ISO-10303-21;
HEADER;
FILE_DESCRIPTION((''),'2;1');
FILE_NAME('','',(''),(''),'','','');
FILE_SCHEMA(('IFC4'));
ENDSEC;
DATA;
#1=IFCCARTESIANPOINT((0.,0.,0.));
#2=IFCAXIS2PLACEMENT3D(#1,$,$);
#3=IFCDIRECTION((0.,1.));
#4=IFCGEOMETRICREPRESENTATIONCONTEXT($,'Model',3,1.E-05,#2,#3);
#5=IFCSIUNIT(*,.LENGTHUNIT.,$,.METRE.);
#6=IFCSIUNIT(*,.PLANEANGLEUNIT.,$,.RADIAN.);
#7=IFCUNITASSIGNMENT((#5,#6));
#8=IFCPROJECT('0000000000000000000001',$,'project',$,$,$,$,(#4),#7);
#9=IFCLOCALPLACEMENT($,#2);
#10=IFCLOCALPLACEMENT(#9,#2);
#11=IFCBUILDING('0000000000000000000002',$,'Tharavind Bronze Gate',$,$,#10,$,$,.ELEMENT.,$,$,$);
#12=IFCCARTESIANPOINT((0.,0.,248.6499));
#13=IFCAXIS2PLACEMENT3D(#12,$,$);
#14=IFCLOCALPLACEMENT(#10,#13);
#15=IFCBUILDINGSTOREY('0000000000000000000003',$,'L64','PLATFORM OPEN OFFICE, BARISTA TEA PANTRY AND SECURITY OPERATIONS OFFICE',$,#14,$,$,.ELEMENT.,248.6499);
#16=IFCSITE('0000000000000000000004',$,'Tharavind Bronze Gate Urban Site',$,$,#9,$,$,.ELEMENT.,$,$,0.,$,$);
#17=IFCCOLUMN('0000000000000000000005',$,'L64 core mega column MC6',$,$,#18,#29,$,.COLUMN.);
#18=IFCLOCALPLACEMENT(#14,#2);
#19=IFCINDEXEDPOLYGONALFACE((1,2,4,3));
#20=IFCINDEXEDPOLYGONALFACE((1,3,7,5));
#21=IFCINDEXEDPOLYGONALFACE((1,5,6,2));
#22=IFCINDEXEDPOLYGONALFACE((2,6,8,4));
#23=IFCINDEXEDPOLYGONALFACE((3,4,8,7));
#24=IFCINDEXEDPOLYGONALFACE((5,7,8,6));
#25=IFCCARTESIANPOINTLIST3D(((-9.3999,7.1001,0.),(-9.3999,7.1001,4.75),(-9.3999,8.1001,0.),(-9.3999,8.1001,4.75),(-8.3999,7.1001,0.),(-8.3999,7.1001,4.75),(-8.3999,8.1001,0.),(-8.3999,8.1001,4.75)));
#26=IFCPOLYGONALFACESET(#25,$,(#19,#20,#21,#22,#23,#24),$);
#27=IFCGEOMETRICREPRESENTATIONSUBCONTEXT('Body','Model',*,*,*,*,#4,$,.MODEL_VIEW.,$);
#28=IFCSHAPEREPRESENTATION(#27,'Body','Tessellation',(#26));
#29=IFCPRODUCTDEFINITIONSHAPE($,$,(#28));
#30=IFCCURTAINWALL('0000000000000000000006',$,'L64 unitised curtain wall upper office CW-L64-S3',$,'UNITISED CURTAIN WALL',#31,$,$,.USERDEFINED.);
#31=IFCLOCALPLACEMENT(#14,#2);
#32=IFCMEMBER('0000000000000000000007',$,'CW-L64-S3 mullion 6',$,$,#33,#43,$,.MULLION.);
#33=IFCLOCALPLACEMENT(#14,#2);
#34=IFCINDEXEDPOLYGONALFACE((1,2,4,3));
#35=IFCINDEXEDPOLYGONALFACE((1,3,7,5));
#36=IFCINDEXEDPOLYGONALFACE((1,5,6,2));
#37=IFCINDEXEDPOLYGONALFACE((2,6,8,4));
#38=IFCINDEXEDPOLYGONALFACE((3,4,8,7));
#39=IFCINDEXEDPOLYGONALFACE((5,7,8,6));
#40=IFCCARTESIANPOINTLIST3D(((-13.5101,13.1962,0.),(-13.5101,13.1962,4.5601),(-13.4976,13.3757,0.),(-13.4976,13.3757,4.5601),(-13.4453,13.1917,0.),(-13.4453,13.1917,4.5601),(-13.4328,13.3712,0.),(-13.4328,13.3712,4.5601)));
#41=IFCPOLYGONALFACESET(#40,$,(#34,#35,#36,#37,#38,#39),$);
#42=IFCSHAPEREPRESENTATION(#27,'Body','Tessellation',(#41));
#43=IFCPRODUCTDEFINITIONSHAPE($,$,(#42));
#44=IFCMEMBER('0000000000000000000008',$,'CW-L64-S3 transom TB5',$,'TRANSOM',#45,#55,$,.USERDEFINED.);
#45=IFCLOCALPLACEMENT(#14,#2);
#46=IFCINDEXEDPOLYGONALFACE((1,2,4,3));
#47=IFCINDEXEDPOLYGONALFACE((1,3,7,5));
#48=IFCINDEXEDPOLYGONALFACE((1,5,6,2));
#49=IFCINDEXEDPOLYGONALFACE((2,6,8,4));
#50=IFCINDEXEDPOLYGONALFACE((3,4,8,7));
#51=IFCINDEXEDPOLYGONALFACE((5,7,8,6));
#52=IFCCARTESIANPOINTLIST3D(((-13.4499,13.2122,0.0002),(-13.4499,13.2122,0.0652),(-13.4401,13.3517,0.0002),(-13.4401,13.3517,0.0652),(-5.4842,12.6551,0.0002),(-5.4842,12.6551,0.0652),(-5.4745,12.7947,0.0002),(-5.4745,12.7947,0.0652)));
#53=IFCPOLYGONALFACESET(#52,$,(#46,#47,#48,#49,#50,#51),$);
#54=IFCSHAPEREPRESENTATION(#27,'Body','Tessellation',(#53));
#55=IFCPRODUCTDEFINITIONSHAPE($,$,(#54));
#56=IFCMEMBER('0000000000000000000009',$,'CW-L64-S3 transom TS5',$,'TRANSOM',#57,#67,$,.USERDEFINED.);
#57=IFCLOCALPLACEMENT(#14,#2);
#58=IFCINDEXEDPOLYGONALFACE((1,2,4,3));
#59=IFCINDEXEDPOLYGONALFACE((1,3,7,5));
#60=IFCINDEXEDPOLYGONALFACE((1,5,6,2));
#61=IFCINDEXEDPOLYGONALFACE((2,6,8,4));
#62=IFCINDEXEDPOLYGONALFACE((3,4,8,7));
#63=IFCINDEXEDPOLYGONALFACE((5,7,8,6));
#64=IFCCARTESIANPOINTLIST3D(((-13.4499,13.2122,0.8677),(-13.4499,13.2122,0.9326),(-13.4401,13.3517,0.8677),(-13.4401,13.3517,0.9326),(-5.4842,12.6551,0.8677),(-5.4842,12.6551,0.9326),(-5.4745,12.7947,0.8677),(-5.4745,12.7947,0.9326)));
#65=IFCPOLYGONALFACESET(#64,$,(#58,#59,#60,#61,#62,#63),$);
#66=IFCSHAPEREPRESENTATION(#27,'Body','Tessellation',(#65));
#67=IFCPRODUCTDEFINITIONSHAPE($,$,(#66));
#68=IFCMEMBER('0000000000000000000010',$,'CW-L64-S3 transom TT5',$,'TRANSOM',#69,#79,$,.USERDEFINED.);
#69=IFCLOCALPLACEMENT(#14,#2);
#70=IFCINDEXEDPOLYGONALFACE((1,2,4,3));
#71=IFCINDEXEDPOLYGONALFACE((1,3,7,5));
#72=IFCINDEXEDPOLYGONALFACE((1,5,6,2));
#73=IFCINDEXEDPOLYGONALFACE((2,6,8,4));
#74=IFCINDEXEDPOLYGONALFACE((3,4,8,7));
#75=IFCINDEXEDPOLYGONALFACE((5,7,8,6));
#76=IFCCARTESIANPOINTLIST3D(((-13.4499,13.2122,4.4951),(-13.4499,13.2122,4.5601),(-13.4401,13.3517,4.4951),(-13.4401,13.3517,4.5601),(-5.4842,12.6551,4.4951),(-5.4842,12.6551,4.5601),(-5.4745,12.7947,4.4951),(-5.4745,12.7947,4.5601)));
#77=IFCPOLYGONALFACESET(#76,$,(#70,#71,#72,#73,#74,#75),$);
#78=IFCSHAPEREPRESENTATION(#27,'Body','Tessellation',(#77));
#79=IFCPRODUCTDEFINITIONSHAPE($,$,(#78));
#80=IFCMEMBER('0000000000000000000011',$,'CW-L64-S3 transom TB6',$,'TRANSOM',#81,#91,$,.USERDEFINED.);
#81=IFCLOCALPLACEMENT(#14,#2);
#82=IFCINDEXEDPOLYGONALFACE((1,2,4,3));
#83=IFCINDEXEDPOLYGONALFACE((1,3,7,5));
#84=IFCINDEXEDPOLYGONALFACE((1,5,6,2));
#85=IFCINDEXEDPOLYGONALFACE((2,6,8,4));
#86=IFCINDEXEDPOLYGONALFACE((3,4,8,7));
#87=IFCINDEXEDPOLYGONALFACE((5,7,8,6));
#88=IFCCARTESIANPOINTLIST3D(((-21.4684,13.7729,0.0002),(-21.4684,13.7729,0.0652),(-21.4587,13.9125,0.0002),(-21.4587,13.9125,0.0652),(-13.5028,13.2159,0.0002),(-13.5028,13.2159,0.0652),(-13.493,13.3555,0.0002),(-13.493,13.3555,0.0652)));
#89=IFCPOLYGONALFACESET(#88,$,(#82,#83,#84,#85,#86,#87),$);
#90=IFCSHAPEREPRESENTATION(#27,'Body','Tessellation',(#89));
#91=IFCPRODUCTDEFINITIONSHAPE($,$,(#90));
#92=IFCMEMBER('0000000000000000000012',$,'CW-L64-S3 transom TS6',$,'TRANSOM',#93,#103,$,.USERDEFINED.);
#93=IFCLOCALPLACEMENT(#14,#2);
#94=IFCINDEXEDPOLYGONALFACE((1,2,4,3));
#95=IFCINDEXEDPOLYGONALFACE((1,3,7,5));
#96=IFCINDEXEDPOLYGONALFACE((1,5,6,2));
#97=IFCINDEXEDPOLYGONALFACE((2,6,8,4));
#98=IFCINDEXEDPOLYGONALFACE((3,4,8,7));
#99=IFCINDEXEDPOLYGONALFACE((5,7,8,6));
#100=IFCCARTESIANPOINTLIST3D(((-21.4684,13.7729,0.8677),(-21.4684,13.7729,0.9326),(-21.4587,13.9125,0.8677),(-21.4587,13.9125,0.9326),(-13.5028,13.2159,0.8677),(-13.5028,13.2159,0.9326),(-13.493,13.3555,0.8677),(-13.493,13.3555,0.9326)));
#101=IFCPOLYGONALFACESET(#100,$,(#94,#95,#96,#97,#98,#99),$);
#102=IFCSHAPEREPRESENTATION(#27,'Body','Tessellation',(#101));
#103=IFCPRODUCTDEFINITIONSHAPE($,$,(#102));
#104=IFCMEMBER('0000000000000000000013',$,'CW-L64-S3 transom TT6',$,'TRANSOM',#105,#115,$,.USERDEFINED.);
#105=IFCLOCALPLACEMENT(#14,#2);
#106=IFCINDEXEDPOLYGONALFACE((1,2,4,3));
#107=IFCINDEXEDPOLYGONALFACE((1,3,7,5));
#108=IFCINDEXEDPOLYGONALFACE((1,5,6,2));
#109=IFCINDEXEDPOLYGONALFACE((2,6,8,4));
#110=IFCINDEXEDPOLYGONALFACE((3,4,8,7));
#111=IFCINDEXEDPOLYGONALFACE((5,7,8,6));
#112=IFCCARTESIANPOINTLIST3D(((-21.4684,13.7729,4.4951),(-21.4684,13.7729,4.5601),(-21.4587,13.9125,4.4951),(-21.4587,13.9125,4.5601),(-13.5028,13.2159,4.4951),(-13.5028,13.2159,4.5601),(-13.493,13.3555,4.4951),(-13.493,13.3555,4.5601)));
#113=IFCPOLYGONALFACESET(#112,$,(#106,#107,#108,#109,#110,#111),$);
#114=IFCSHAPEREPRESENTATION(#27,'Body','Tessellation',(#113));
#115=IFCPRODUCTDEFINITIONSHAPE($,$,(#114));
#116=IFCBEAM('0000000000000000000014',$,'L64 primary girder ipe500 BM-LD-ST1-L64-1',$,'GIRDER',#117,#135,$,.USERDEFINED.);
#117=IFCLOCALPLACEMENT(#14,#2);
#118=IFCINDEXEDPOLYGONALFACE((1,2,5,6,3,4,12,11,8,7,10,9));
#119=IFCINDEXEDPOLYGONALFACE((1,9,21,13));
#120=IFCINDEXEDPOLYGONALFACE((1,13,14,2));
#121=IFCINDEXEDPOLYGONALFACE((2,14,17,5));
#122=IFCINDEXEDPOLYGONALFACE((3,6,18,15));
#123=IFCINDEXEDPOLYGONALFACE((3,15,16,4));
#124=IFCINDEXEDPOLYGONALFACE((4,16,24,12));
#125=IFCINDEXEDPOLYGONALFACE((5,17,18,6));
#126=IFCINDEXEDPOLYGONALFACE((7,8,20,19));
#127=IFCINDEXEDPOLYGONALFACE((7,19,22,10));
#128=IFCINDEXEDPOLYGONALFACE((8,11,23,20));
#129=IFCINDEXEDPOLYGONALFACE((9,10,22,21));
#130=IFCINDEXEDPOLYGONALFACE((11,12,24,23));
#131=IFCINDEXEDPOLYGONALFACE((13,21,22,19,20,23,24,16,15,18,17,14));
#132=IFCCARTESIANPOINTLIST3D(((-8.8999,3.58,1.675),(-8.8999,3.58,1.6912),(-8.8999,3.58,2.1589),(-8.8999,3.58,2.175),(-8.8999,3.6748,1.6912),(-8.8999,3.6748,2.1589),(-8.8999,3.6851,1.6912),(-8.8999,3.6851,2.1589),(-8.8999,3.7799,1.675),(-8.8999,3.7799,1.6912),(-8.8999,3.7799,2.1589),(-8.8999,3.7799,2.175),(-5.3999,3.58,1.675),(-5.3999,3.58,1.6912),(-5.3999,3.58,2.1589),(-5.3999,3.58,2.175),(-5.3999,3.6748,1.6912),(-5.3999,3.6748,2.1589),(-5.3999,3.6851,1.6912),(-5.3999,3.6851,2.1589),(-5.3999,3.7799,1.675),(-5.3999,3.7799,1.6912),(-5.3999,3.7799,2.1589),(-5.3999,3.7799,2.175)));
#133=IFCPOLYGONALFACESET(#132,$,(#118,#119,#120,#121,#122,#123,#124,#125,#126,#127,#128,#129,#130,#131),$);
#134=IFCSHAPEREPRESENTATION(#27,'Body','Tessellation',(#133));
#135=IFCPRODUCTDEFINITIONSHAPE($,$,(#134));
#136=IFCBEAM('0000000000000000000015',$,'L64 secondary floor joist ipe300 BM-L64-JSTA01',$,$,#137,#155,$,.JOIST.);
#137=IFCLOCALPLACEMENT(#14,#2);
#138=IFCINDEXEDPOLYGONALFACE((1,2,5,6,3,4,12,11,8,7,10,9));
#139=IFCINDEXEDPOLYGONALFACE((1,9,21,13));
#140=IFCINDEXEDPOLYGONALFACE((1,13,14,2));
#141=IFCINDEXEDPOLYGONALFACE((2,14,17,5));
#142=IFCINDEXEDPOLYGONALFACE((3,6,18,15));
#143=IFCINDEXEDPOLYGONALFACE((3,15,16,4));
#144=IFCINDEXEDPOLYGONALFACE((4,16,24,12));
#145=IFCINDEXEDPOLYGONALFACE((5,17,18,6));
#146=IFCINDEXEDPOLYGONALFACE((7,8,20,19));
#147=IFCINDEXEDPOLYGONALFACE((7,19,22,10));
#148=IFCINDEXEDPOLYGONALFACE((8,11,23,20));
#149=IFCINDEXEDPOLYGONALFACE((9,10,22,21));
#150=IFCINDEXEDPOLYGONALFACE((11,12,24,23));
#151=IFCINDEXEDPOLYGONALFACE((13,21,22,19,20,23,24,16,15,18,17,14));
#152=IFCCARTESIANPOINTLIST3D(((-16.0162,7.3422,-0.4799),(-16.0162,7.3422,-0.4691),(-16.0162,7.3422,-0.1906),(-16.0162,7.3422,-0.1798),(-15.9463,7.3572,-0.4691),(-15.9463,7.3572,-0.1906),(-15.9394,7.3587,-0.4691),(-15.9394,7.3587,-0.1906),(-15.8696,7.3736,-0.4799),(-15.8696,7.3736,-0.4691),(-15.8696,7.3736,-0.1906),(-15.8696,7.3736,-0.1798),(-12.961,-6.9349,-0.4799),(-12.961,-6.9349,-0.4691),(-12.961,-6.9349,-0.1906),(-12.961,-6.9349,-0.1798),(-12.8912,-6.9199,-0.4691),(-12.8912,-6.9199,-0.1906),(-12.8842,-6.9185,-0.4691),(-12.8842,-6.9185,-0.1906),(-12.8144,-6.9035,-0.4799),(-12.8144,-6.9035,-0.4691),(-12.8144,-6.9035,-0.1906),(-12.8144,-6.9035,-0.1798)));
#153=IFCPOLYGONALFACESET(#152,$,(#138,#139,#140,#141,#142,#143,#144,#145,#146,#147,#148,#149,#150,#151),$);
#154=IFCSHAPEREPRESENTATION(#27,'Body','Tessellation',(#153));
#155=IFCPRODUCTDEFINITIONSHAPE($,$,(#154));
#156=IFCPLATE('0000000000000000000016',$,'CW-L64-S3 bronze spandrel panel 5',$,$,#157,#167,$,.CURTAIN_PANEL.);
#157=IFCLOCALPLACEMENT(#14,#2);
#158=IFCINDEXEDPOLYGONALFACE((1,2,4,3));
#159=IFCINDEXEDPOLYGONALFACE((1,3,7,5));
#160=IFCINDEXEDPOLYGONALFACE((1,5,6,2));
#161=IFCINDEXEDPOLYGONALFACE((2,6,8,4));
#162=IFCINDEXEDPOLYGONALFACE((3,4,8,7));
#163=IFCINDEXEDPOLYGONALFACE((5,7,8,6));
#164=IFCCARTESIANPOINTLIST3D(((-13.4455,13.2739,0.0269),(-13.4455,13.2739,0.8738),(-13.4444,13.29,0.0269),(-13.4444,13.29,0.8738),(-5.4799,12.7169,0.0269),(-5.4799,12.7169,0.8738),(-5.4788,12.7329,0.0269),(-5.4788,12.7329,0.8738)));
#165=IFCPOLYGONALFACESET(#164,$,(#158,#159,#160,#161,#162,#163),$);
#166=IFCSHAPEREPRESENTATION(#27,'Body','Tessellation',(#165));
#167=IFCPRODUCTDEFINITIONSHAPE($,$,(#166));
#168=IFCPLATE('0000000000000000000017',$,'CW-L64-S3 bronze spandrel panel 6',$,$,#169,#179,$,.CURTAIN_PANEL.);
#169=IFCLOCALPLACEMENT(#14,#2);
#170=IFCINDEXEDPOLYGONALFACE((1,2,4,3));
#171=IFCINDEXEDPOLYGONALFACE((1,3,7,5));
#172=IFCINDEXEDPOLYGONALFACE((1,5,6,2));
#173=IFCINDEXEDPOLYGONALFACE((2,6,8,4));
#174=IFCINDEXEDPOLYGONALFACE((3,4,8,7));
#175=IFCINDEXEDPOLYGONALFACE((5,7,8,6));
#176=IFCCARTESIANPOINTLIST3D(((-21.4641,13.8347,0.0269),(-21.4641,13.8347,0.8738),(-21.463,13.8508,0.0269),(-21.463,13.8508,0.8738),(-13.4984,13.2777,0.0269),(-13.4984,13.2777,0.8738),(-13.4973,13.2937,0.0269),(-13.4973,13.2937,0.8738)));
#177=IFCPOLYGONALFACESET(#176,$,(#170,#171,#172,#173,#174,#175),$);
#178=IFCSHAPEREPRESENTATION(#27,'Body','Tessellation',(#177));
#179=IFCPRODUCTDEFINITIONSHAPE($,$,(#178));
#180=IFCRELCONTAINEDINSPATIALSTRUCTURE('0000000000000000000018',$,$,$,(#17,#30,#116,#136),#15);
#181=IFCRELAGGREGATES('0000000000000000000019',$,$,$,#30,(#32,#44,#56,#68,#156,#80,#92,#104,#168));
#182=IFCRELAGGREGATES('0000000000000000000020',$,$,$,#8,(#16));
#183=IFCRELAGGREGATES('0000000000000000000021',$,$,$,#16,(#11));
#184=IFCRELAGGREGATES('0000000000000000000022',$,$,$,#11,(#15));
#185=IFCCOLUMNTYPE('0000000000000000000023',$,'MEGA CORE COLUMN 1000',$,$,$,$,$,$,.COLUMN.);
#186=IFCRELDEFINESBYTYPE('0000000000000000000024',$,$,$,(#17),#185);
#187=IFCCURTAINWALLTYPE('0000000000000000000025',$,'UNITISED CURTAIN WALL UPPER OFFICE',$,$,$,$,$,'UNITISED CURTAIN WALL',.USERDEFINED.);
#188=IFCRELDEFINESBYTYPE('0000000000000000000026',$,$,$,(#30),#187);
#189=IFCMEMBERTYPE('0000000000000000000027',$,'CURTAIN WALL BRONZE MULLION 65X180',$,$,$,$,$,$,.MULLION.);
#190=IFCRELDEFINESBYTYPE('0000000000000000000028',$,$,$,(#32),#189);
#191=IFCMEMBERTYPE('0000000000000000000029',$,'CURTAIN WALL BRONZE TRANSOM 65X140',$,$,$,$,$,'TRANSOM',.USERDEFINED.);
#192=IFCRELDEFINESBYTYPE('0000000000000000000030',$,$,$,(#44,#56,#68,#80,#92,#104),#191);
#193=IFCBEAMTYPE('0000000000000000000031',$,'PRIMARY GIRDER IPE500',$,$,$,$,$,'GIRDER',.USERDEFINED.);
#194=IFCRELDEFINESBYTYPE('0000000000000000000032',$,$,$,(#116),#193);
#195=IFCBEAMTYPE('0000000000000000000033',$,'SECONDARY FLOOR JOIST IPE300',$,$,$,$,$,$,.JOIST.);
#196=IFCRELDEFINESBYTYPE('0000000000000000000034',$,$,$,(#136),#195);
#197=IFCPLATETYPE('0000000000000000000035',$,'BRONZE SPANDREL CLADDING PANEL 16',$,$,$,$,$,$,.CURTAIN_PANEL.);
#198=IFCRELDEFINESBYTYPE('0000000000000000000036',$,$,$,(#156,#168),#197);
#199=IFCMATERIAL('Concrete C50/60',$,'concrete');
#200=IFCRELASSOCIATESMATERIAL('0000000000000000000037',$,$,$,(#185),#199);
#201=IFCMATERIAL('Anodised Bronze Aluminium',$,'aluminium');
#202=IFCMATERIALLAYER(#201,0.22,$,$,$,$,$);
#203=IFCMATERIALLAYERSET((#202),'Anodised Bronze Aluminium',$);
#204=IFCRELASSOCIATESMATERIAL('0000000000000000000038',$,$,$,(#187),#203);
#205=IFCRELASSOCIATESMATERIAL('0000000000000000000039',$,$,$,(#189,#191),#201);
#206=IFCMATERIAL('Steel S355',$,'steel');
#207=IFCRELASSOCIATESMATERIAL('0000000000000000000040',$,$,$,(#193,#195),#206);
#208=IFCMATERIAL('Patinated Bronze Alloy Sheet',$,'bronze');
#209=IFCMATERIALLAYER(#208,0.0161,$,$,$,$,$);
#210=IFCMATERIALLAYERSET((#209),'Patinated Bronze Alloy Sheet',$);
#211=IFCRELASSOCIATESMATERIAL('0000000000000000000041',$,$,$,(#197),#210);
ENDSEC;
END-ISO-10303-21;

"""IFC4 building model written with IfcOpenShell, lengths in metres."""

from ifc_helpers import new_model, si_unit, direction, frame, origin, origin_2d, place, context, subcontext, project, spatial, rectangle, i_section, extrude, material, layer, layer_set, material_profile, profile_set, type_object, element, aggregate, save


model = new_model("IFC4")

# Units and contexts
model_context = context("Model", 3, precision=1e-05, world=origin(), true_north=direction((0.0, 1.0)))
body_context = subcontext(model_context, "Body", "Model", "MODEL_VIEW")
ifc_project = project(units=[si_unit("LENGTHUNIT", "METRE"), si_unit("PLANEANGLEUNIT", "RADIAN")], contexts=[model_context])

# Site, building, storey
site_placement = place(None, origin())
site = spatial("IfcSite", under=ifc_project, at=site_placement, Name="Tharavind Bronze Gate Urban Site", CompositionType="ELEMENT", RefElevation=0.0)
building_placement = place(site_placement, origin())
building = spatial("IfcBuilding", under=site, at=building_placement, Name="Tharavind Bronze Gate", CompositionType="ELEMENT")
storey_placement = place(building_placement, frame((0.0, 0.0, 248.6499)))
storey = spatial("IfcBuildingStorey", under=building, at=storey_placement, Name="L64", Description="PLATFORM OPEN OFFICE, BARISTA TEA PANTRY AND SECURITY OPERATIONS OFFICE", CompositionType="ELEMENT", Elevation=248.6499)

# Column
ifc_material_1 = material(Name="Concrete C50/60", Category="concrete")
ifc_material_profile_1 = material_profile(ifc_material_1, rectangle(XDim=1.0, YDim=1.0, at=origin_2d()), Name="RCCOL1000")
ifc_profile_set_1 = profile_set([ifc_material_profile_1], Name="Concrete C50/60")
column_type = type_object("IfcColumnType", Name="MEGA CORE COLUMN 1000", PredefinedType="COLUMN", material=ifc_profile_set_1)
column_placement = place(storey_placement, frame((-8.8999, 7.6001, 0.0), z_axis=(0.0, 0.0, 1.0), x_axis=(1.0, 0.0, 0.0)))
element("IfcColumn", 1, at=column_placement, inside=storey, type_object=column_type, Name="L64 core mega column MC6", PredefinedType="COLUMN", context=body_context, shape_type="SweptSolid", body=[
    extrude(rectangle(XDim=1.0, YDim=1.0, at=origin_2d()), origin(), (0.0, 0.0, 1.0), 4.75),
])

# Curtain wall, members
ifc_material_2 = material(Name="Anodised Bronze Aluminium", Category="aluminium")
ifc_layer_1 = layer(ifc_material_2, 0.22)
ifc_layer_set_1 = layer_set([ifc_layer_1], Name="Anodised Bronze Aluminium")
curtain_wall_type = type_object("IfcCurtainWallType", Name="UNITISED CURTAIN WALL UPPER OFFICE", ElementType="UNITISED CURTAIN WALL", PredefinedType="USERDEFINED", material=ifc_layer_set_1)
curtain_wall_placement = place(storey_placement, origin())
curtain_wall = element("IfcCurtainWall", 2, at=curtain_wall_placement, inside=storey, type_object=curtain_wall_type, Name="L64 unitised curtain wall upper office CW-L64-S3", ObjectType="UNITISED CURTAIN WALL", PredefinedType="USERDEFINED")
member_type_1 = type_object("IfcMemberType", Name="CURTAIN WALL BRONZE MULLION 65X180", PredefinedType="MULLION", material=ifc_material_2)
member_1_placement = place(storey_placement, frame((-13.4714, 13.2837, 0.0), z_axis=(0.0, 0.0, 1.0), x_axis=(-0.997564, 0.069758, 0.0)))
member_1 = element("IfcMember", 3, at=member_1_placement, type_object=member_type_1, Name="CW-L64-S3 mullion 6", PredefinedType="MULLION", context=body_context, shape_type="SweptSolid", body=[
    extrude(rectangle(XDim=0.0649, YDim=0.1799, at=origin_2d()), origin(), (0.0, 0.0, 1.0), 4.5601),
])
member_type_2 = type_object("IfcMemberType", Name="CURTAIN WALL BRONZE TRANSOM 65X140", ElementType="TRANSOM", PredefinedType="USERDEFINED", material=ifc_material_2)
member_2_placement = place(storey_placement, frame((-9.4622, 13.0034, 0.0002), z_axis=(0.0, 0.0, 1.0), x_axis=(-0.997564, 0.069758, 0.0)))
member_2 = element("IfcMember", 4, at=member_2_placement, type_object=member_type_2, Name="CW-L64-S3 transom TB5", ObjectType="TRANSOM", PredefinedType="USERDEFINED", context=body_context, shape_type="SweptSolid", body=[
    extrude(rectangle(XDim=7.9851, YDim=0.1399, at=origin_2d()), origin(), (0.0, 0.0, 1.0), 0.0649),
])
member_3_placement = place(storey_placement, frame((-9.4622, 13.0034, 0.8677), z_axis=(0.0, 0.0, 1.0), x_axis=(-0.997564, 0.069758, 0.0)))
member_3 = element("IfcMember", 5, at=member_3_placement, type_object=member_type_2, Name="CW-L64-S3 transom TS5", ObjectType="TRANSOM", PredefinedType="USERDEFINED", context=body_context, shape_type="SweptSolid", body=[
    extrude(rectangle(XDim=7.9851, YDim=0.1399, at=origin_2d()), origin(), (0.0, 0.0, 1.0), 0.0649),
])
member_4_placement = place(storey_placement, frame((-9.4622, 13.0034, 4.4951), z_axis=(0.0, 0.0, 1.0), x_axis=(-0.997564, 0.069758, 0.0)))
member_4 = element("IfcMember", 6, at=member_4_placement, type_object=member_type_2, Name="CW-L64-S3 transom TT5", ObjectType="TRANSOM", PredefinedType="USERDEFINED", context=body_context, shape_type="SweptSolid", body=[
    extrude(rectangle(XDim=7.9851, YDim=0.1399, at=origin_2d()), origin(), (0.0, 0.0, 1.0), 0.0649),
])
member_5_placement = place(storey_placement, frame((-17.4807, 13.5642, 0.0002), z_axis=(0.0, 0.0, 1.0), x_axis=(-0.997564, 0.069758, 0.0)))
member_5 = element("IfcMember", 7, at=member_5_placement, type_object=member_type_2, Name="CW-L64-S3 transom TB6", ObjectType="TRANSOM", PredefinedType="USERDEFINED", context=body_context, shape_type="SweptSolid", body=[
    extrude(rectangle(XDim=7.9851, YDim=0.1399, at=origin_2d()), origin(), (0.0, 0.0, 1.0), 0.0649),
])
member_6_placement = place(storey_placement, frame((-17.4807, 13.5642, 0.8677), z_axis=(0.0, 0.0, 1.0), x_axis=(-0.997564, 0.069758, 0.0)))
member_6 = element("IfcMember", 8, at=member_6_placement, type_object=member_type_2, Name="CW-L64-S3 transom TS6", ObjectType="TRANSOM", PredefinedType="USERDEFINED", context=body_context, shape_type="SweptSolid", body=[
    extrude(rectangle(XDim=7.9851, YDim=0.1399, at=origin_2d()), origin(), (0.0, 0.0, 1.0), 0.0649),
])
member_7_placement = place(storey_placement, frame((-17.4807, 13.5642, 4.4951), z_axis=(0.0, 0.0, 1.0), x_axis=(-0.997564, 0.069758, 0.0)))
member_7 = element("IfcMember", 9, at=member_7_placement, type_object=member_type_2, Name="CW-L64-S3 transom TT6", ObjectType="TRANSOM", PredefinedType="USERDEFINED", context=body_context, shape_type="SweptSolid", body=[
    extrude(rectangle(XDim=7.9851, YDim=0.1399, at=origin_2d()), origin(), (0.0, 0.0, 1.0), 0.0649),
])

# Beams
ifc_material_3 = material(Name="Steel S355", Category="steel")
ifc_material_profile_2 = material_profile(ifc_material_3, i_section(OverallWidth=0.2, OverallDepth=0.5, WebThickness=0.0103, FlangeThickness=0.0161, at=origin_2d()), Name="IPE500")
ifc_profile_set_2 = profile_set([ifc_material_profile_2], Name="Steel S355")
beam_type_1 = type_object("IfcBeamType", Name="PRIMARY GIRDER IPE500", ElementType="GIRDER", PredefinedType="USERDEFINED", material=ifc_profile_set_2)
beam_1_placement = place(storey_placement, frame((-8.8999, 3.6799, 1.925), z_axis=(1.0, 0.0, 0.0), x_axis=(0.0, 1.0, 0.0)))
element("IfcBeam", 10, at=beam_1_placement, inside=storey, type_object=beam_type_1, Name="L64 primary girder ipe500 BM-LD-ST1-L64-1", ObjectType="GIRDER", PredefinedType="USERDEFINED", context=body_context, shape_type="SweptSolid", body=[
    extrude(i_section(OverallWidth=0.2, OverallDepth=0.5, WebThickness=0.0103, FlangeThickness=0.0161, at=origin_2d()), origin(), (0.0, 0.0, 1.0), 3.5),
])
ifc_material_profile_3 = material_profile(ifc_material_3, i_section(OverallWidth=0.1499, OverallDepth=0.3, WebThickness=0.0071, FlangeThickness=0.0107, at=origin_2d()), Name="IPE300")
ifc_profile_set_3 = profile_set([ifc_material_profile_3], Name="Steel S355")
beam_type_2 = type_object("IfcBeamType", Name="SECONDARY FLOOR JOIST IPE300", PredefinedType="JOIST", material=ifc_profile_set_3)
beam_2_placement = place(storey_placement, frame((-15.9429, 7.3579, -0.3298), z_axis=(0.209254, -0.977861, 0.0), x_axis=(0.977861, 0.209254, 0.0)))
element("IfcBeam", 11, at=beam_2_placement, inside=storey, type_object=beam_type_2, Name="L64 secondary floor joist ipe300 BM-L64-JSTA01", PredefinedType="JOIST", context=body_context, shape_type="SweptSolid", body=[
    extrude(i_section(OverallWidth=0.1499, OverallDepth=0.3, WebThickness=0.0071, FlangeThickness=0.0107, at=origin_2d()), origin(), (0.0, 0.0, 1.0), 14.6003),
])

# Plates
ifc_material_4 = material(Name="Patinated Bronze Alloy Sheet", Category="bronze")
ifc_layer_2 = layer(ifc_material_4, 0.0161)
ifc_layer_set_2 = layer_set([ifc_layer_2], Name="Patinated Bronze Alloy Sheet")
plate_type_1 = type_object("IfcPlateType", Name="BRONZE SPANDREL CLADDING PANEL 16", PredefinedType="CURTAIN_PANEL", material=ifc_layer_set_2)
plate_1_placement = place(storey_placement, frame((-9.4622, 13.0034, 0.0269), z_axis=(0.0, 0.0, 1.0), x_axis=(-0.997564, 0.069758, 0.0)))
plate_1 = element("IfcPlate", 12, at=plate_1_placement, type_object=plate_type_1, Name="CW-L64-S3 bronze spandrel panel 5", PredefinedType="CURTAIN_PANEL", context=body_context, shape_type="SweptSolid", body=[
    extrude(rectangle(XDim=7.9851, YDim=0.0161, at=origin_2d()), origin(), (0.0, 0.0, 1.0), 0.8469),
])
plate_2_placement = place(storey_placement, frame((-17.4807, 13.5642, 0.0269), z_axis=(0.0, 0.0, 1.0), x_axis=(-0.997564, 0.069758, 0.0)))
plate_2 = element("IfcPlate", 13, at=plate_2_placement, type_object=plate_type_1, Name="CW-L64-S3 bronze spandrel panel 6", PredefinedType="CURTAIN_PANEL", context=body_context, shape_type="SweptSolid", body=[
    extrude(rectangle(XDim=7.9851, YDim=0.0161, at=origin_2d()), origin(), (0.0, 0.0, 1.0), 0.8469),
])
aggregate(curtain_wall, [member_1, member_2, member_3, member_4, plate_1, member_5, member_6, member_7, plate_2])

save(model, "model.ifc")
